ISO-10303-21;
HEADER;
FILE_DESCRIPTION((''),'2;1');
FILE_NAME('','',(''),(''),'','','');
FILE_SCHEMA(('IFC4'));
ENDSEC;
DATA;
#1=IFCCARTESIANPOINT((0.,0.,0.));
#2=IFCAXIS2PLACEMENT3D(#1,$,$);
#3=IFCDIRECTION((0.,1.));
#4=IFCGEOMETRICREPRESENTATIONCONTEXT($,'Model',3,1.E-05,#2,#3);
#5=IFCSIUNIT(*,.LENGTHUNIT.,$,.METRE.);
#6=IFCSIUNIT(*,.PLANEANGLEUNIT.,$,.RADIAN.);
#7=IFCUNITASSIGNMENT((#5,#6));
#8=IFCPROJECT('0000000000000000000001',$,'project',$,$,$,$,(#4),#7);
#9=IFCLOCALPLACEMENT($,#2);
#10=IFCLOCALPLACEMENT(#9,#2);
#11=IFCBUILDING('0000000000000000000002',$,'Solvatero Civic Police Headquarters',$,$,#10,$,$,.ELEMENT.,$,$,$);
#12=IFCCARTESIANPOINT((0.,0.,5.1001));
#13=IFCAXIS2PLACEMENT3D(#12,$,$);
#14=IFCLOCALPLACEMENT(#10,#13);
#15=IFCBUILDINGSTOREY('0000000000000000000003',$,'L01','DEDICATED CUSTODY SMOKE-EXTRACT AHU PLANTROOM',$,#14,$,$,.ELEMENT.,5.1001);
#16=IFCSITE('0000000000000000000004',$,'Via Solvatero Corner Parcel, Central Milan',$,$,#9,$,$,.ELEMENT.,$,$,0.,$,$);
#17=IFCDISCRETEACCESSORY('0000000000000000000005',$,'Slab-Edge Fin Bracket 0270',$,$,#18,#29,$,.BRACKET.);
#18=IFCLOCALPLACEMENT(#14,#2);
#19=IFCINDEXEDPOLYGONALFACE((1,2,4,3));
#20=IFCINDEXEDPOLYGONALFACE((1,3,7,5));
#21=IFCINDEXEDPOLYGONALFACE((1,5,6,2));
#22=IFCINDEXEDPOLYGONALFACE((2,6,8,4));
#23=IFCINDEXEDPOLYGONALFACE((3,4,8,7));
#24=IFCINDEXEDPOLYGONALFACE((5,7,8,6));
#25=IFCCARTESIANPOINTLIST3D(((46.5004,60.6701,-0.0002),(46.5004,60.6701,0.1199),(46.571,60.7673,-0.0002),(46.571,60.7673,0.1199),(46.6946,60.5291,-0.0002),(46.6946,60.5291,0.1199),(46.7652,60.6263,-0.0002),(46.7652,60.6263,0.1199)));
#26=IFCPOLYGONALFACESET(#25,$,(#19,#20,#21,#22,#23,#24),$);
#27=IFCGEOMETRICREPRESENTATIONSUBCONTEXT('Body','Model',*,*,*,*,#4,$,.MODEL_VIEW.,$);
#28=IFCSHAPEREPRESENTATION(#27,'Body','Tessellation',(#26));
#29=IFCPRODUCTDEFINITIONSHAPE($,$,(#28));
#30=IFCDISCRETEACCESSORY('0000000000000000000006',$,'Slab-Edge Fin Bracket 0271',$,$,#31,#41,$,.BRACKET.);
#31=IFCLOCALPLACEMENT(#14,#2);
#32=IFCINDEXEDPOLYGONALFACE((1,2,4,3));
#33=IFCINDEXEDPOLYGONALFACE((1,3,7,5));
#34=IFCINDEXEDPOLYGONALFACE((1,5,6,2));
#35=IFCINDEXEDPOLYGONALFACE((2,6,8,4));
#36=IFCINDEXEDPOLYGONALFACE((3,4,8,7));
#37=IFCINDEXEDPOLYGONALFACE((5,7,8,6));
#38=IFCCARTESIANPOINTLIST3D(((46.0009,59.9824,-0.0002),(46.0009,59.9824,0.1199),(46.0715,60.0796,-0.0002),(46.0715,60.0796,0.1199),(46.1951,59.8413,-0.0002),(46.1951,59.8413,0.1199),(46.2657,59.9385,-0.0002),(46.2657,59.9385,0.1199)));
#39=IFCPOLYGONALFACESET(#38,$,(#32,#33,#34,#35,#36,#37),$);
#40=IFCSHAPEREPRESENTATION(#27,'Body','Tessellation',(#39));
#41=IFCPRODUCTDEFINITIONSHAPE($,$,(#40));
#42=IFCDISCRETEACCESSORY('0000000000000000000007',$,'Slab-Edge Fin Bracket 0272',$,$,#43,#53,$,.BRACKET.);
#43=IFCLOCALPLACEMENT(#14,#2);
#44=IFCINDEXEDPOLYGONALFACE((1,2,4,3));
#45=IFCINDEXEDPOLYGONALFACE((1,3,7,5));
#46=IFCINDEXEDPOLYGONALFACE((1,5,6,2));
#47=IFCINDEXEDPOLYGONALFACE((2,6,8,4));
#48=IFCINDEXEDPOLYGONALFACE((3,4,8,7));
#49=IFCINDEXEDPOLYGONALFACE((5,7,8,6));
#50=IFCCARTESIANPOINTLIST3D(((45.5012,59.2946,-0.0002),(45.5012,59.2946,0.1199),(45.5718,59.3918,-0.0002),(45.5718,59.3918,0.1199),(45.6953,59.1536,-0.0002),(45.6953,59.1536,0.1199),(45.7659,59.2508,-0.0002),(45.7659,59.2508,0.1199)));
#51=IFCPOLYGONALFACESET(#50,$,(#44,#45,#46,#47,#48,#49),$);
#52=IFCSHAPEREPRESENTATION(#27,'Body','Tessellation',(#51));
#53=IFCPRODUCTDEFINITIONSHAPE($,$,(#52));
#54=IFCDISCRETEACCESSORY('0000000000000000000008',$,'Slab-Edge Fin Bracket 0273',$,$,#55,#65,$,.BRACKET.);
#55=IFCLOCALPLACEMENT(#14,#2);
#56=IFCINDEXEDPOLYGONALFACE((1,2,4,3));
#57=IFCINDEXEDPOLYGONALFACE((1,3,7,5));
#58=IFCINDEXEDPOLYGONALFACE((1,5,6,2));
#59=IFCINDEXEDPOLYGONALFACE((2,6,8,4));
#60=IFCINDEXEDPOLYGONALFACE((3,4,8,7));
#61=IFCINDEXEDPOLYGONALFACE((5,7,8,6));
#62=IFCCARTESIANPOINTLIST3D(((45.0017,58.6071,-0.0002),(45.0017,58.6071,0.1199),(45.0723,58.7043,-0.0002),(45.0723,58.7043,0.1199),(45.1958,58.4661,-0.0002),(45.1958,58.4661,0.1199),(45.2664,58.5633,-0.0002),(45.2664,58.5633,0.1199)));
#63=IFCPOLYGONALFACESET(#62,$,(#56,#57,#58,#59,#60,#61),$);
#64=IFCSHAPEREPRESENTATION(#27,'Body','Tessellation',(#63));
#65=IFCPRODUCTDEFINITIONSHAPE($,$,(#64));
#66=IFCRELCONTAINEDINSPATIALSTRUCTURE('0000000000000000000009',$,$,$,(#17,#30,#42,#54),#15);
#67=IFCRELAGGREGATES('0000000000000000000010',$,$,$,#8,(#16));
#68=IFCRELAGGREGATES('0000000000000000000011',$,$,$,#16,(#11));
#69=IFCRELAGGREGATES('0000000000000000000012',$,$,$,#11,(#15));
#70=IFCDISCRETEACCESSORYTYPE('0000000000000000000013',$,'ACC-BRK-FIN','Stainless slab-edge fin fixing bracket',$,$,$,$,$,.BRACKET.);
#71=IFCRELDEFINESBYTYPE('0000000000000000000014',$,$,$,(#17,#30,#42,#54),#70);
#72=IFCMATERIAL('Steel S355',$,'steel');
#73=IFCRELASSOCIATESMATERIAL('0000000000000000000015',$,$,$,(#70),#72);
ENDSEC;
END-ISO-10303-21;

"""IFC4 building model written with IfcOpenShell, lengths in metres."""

from ifc_helpers import new_model, si_unit, direction, frame, origin, origin_2d, place, context, subcontext, project, spatial, rectangle, extrude, material, type_object, element, save


model = new_model("IFC4")

# Units and contexts
model_context = context("Model", 3, precision=1e-05, world=origin(), true_north=direction((0.0, 1.0)))
body_context = subcontext(model_context, "Body", "Model", "MODEL_VIEW")
ifc_project = project(units=[si_unit("LENGTHUNIT", "METRE"), si_unit("PLANEANGLEUNIT", "RADIAN")], contexts=[model_context])

# Site, building, storey
site_placement = place(None, origin())
site = spatial("IfcSite", under=ifc_project, at=site_placement, Name="Via Solvatero Corner Parcel, Central Milan", CompositionType="ELEMENT", RefElevation=0.0)
building_placement = place(site_placement, origin())
building = spatial("IfcBuilding", under=site, at=building_placement, Name="Solvatero Civic Police Headquarters", CompositionType="ELEMENT")
storey_placement = place(building_placement, frame((0.0, 0.0, 5.1001)))
storey = spatial("IfcBuildingStorey", under=building, at=storey_placement, Name="L01", Description="DEDICATED CUSTODY SMOKE-EXTRACT AHU PLANTROOM", CompositionType="ELEMENT", Elevation=5.1001)

# Shared definitions
ifc_material_1 = material(Name="Steel S355", Category="steel")

# Discrete accessories
discrete_accessory_type = type_object("IfcDiscreteAccessoryType", Name="ACC-BRK-FIN", Description="Stainless slab-edge fin fixing bracket", PredefinedType="BRACKET", material=ifc_material_1)
for number, where, z_axis, x_axis, name in (
    (1, (46.6328, 60.6482, -0.0002), (0.0, 0.0, 1.0), (-0.587785, -0.809017, 0.0), "Slab-Edge Fin Bracket 0270"),
    (2, (46.1333, 59.9604, -0.0002), (0.0, 0.0, 1.0), (-0.587785, -0.809017, 0.0), "Slab-Edge Fin Bracket 0271"),
    (3, (45.6335, 59.2727, -0.0002), (0.0, 0.0, 1.0), (-0.587785, -0.809017, 0.0), "Slab-Edge Fin Bracket 0272"),
    (4, (45.134, 58.5852, -0.0002), (0.0, 0.0, 1.0), (-0.587785, -0.809017, 0.0), "Slab-Edge Fin Bracket 0273"),
):
    element("IfcDiscreteAccessory", number, at=place(storey_placement, frame(where, z_axis=z_axis, x_axis=x_axis)), inside=storey, type_object=discrete_accessory_type, Name=name, PredefinedType="BRACKET", context=body_context, shape_type="SweptSolid", body=[
        extrude(rectangle(XDim=0.1201, YDim=0.24, at=origin_2d()), origin(), (0.0, 0.0, 1.0), 0.1201),
    ])

save(model, "model.ifc")
